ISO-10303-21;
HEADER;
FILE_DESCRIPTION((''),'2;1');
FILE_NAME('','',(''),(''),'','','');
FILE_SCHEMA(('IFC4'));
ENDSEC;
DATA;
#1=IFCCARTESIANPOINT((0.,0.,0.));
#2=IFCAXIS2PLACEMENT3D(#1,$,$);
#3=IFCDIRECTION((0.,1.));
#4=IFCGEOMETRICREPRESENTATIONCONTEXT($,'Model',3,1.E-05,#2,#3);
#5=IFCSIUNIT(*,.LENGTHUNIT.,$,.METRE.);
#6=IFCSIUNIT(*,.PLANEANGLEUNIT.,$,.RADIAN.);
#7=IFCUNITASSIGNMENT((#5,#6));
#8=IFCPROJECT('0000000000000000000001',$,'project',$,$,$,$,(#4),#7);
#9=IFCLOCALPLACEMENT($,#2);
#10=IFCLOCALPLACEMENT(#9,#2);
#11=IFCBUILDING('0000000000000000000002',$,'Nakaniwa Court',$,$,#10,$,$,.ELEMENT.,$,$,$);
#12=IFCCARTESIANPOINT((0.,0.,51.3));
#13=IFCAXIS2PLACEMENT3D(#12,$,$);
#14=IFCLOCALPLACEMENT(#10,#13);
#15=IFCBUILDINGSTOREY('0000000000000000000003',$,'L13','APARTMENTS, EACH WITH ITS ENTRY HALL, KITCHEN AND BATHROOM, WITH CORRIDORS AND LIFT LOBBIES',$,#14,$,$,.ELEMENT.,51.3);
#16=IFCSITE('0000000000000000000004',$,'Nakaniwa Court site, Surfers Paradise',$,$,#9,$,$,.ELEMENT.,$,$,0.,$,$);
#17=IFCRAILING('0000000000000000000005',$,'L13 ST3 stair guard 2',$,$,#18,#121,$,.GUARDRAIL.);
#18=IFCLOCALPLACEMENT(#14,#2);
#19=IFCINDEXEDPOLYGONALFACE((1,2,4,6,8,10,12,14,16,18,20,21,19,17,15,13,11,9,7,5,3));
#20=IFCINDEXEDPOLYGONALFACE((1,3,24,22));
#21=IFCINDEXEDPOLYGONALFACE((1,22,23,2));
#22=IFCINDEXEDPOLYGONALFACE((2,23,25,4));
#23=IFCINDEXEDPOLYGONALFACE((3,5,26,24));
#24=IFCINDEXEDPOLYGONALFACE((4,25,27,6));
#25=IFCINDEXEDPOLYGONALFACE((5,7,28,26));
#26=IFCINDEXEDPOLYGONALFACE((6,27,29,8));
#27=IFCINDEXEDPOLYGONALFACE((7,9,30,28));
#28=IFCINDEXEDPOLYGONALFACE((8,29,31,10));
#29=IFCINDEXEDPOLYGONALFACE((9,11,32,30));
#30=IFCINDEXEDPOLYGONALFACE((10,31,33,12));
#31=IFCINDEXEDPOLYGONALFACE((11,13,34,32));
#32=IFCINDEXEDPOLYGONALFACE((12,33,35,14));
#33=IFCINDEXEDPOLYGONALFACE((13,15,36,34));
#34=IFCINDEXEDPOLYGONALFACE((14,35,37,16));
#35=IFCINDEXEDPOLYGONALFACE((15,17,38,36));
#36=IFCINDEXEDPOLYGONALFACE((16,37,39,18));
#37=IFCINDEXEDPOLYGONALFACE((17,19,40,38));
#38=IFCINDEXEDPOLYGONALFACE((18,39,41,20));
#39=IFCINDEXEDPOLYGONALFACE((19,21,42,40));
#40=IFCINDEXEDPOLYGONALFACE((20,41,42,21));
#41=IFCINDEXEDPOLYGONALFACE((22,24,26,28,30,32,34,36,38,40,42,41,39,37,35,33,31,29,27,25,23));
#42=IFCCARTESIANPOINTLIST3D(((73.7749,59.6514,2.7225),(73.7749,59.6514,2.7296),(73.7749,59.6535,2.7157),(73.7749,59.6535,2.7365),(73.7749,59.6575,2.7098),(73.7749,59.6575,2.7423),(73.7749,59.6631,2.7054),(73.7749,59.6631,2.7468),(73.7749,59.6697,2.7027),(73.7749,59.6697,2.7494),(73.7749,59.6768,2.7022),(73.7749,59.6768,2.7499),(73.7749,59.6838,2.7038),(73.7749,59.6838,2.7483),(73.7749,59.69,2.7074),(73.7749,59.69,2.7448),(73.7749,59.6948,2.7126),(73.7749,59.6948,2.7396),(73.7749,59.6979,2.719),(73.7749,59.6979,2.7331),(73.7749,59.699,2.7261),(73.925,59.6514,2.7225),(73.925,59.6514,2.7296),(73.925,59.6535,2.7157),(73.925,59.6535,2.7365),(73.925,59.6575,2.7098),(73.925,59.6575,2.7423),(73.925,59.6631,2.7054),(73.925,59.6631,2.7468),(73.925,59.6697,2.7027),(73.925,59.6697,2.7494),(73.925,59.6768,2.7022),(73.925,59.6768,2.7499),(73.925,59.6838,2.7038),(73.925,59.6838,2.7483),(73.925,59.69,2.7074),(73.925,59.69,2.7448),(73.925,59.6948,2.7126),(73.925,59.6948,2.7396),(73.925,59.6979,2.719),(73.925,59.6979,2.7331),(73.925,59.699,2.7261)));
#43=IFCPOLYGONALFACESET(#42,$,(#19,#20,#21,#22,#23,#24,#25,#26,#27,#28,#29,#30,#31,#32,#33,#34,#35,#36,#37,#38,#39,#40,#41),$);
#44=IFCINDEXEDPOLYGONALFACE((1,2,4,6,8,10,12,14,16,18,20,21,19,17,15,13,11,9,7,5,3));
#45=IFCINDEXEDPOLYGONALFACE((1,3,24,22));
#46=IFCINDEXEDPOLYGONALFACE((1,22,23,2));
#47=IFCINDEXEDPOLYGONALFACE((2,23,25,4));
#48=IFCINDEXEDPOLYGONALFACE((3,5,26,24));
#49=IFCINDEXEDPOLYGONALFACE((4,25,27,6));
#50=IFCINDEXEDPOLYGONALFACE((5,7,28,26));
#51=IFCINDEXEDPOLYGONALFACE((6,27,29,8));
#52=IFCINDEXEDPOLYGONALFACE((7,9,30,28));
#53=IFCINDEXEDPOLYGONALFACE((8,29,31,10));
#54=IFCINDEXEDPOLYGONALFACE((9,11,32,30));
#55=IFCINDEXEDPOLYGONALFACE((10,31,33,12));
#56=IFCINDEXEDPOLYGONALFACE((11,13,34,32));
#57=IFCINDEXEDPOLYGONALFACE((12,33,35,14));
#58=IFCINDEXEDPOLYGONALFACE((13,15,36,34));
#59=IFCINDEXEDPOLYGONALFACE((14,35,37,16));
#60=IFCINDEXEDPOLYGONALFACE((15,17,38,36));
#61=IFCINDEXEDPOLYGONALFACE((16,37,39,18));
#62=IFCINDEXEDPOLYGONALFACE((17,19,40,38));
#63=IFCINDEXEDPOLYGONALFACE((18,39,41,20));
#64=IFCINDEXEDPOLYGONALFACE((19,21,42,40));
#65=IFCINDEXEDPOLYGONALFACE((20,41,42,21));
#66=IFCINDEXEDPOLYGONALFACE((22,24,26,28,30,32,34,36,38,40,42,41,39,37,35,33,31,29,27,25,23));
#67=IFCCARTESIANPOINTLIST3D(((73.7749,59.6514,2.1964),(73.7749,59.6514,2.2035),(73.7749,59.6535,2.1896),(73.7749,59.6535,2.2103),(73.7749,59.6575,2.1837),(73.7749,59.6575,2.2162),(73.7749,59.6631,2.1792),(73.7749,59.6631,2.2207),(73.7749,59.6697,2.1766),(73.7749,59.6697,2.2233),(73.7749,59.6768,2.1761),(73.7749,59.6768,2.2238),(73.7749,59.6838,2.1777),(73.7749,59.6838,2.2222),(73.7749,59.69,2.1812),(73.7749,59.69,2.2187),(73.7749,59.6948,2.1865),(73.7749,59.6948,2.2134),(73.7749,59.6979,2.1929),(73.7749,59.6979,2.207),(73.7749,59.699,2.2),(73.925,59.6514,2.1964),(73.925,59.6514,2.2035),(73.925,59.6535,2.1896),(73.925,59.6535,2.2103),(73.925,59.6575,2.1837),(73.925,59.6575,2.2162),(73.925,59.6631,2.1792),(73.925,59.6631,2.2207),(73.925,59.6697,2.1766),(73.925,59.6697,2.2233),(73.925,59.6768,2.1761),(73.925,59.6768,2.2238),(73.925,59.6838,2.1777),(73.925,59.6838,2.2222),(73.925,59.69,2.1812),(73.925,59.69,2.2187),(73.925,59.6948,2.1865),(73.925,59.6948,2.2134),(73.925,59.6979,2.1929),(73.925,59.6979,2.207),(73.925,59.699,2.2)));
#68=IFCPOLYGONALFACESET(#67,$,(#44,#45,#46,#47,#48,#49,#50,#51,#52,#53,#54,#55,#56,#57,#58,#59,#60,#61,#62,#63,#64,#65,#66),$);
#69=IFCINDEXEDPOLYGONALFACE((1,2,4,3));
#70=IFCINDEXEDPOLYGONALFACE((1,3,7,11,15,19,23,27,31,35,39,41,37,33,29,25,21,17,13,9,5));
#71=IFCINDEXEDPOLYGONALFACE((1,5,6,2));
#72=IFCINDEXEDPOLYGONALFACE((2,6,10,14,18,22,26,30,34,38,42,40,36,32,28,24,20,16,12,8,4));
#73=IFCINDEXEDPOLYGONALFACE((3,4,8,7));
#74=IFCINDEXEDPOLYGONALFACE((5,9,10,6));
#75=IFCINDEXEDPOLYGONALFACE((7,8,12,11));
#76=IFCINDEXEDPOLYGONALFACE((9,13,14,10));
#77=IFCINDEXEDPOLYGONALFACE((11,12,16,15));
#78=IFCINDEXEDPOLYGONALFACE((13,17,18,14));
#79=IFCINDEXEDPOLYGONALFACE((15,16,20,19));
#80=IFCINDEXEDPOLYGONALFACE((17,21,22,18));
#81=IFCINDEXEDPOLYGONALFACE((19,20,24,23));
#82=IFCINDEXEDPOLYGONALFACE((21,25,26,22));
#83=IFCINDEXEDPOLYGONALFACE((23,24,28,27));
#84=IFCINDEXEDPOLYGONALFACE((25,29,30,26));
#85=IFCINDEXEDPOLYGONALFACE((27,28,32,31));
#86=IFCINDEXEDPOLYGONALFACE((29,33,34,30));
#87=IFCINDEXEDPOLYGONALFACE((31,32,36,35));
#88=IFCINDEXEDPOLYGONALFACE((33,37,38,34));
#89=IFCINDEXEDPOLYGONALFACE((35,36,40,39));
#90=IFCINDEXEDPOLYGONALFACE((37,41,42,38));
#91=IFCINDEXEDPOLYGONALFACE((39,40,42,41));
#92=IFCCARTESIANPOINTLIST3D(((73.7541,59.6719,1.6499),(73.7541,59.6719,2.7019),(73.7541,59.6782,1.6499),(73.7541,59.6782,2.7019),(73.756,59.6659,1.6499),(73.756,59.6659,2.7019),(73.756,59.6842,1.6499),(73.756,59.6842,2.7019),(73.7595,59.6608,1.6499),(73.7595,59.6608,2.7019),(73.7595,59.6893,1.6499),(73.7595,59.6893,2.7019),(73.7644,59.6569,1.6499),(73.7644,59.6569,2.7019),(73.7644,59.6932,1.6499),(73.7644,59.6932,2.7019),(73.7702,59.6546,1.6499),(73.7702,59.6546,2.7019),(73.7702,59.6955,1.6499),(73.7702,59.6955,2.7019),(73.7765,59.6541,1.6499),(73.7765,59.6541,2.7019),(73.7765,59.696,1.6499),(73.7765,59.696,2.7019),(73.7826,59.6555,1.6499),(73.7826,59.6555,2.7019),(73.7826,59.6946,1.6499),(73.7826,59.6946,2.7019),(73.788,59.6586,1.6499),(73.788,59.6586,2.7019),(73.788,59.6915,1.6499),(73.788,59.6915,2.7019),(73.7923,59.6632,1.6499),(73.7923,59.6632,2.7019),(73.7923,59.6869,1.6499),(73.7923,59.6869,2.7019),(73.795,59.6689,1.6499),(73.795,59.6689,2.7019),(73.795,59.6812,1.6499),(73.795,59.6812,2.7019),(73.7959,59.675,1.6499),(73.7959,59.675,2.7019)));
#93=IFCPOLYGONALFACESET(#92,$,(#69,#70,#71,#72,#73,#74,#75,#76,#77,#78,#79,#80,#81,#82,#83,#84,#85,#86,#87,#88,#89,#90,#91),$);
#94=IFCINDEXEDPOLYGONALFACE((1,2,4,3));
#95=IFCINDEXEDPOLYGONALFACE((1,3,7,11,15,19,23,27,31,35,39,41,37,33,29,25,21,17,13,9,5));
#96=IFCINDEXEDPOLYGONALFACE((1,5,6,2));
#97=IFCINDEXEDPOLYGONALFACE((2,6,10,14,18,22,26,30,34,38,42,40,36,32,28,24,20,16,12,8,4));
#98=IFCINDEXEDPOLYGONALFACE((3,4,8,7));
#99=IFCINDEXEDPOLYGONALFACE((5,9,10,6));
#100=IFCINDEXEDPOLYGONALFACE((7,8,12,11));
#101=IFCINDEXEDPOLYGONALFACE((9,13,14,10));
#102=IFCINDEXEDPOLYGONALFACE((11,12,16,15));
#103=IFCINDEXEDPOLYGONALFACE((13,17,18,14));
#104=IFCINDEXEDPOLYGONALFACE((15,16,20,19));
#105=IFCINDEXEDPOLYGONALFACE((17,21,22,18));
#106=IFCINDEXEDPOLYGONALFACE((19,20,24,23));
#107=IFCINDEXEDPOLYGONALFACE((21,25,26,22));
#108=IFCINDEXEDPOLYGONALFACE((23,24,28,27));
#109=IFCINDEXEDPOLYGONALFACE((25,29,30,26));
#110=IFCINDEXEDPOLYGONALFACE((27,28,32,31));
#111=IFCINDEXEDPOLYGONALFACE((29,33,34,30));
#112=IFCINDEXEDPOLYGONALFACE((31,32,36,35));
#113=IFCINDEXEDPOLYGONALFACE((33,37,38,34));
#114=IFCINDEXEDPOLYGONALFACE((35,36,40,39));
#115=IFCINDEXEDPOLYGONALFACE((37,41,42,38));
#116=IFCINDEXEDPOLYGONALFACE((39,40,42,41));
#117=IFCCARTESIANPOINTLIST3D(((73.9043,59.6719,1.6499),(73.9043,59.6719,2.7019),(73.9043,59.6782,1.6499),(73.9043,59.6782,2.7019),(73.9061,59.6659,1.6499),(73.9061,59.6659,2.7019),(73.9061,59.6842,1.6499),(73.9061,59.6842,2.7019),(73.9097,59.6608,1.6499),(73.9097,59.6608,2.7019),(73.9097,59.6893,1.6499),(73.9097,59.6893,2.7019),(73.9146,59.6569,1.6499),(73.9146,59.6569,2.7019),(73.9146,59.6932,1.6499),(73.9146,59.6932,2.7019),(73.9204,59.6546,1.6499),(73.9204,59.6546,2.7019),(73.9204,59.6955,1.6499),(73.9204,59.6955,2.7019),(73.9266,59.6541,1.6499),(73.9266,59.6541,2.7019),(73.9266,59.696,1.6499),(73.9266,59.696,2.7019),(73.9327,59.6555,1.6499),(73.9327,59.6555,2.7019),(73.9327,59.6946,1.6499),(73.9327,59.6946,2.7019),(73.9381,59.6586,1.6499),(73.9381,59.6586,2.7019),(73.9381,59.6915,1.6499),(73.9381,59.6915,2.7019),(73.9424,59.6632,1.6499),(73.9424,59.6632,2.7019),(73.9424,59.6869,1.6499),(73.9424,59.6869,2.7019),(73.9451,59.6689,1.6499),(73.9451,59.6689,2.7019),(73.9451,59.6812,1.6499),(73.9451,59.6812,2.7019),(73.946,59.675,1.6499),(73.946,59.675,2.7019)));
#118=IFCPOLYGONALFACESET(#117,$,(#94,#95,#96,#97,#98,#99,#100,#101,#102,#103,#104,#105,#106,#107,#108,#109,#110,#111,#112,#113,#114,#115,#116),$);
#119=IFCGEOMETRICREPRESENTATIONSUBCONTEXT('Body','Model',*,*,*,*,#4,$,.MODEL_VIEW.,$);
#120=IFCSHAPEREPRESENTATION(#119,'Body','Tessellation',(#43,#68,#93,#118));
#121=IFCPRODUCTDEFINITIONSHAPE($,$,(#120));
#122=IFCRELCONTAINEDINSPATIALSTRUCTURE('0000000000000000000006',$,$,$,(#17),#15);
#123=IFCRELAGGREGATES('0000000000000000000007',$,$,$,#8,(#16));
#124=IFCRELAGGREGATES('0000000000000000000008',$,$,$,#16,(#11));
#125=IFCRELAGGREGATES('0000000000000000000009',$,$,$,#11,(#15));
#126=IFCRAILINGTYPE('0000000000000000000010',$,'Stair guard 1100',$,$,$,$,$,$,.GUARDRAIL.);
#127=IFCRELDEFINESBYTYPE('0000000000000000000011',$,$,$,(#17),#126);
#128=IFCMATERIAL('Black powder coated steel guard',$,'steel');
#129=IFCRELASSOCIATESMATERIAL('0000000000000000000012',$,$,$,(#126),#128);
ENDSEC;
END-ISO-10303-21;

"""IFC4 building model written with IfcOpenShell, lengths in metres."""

from ifc_helpers import new_model, si_unit, direction, frame, origin, origin_2d, place, context, subcontext, project, spatial, circle, extrude, material, type_object, element, save


model = new_model("IFC4")

# Units and contexts
model_context = context("Model", 3, precision=1e-05, world=origin(), true_north=direction((0.0, 1.0)))
body_context = subcontext(model_context, "Body", "Model", "MODEL_VIEW")
ifc_project = project(units=[si_unit("LENGTHUNIT", "METRE"), si_unit("PLANEANGLEUNIT", "RADIAN")], contexts=[model_context])

# Site, building, storey
site_placement = place(None, origin())
site = spatial("IfcSite", under=ifc_project, at=site_placement, Name="Nakaniwa Court site, Surfers Paradise", CompositionType="ELEMENT", RefElevation=0.0)
building_placement = place(site_placement, origin())
building = spatial("IfcBuilding", under=site, at=building_placement, Name="Nakaniwa Court", CompositionType="ELEMENT")
storey_placement = place(building_placement, frame((0.0, 0.0, 51.3)))
storey = spatial("IfcBuildingStorey", under=building, at=storey_placement, Name="L13", Description="APARTMENTS, EACH WITH ITS ENTRY HALL, KITCHEN AND BATHROOM, WITH CORRIDORS AND LIFT LOBBIES", CompositionType="ELEMENT", Elevation=51.3)

# Railing
ifc_material_1 = material(Name="Black powder coated steel guard", Category="steel")
railing_type_1 = type_object("IfcRailingType", Name="Stair guard 1100", PredefinedType="GUARDRAIL", material=ifc_material_1)
railing_1_placement = place(storey_placement, frame((73.7749, 59.675, 1.6499)))
element("IfcRailing", 1, at=railing_1_placement, inside=storey, type_object=railing_type_1, Name="L13 ST3 stair guard 2", PredefinedType="GUARDRAIL", context=body_context, shape_type="SweptSolid", body=[
    extrude(circle(Radius=0.0239, at=origin_2d()), frame((0.0, 0.0, 1.0762), z_axis=(1.0, 0.0, 0.0), x_axis=(0.0, 1.0, 0.0)), (0.0, 0.0, 1.0), 0.1501),
    extrude(circle(Radius=0.0239, at=origin_2d()), frame((0.0, 0.0, 0.55), z_axis=(1.0, 0.0, 0.0), x_axis=(0.0, 1.0, 0.0)), (0.0, 0.0, 1.0), 0.1501),
    extrude(circle(Radius=0.021, at=origin_2d()), origin(), (0.0, 0.0, 1.0), 1.052),
    extrude(circle(Radius=0.021, at=origin_2d()), frame((0.1501, 0.0, 0.0)), (0.0, 0.0, 1.0), 1.052),
])

save(model, "model.ifc")
